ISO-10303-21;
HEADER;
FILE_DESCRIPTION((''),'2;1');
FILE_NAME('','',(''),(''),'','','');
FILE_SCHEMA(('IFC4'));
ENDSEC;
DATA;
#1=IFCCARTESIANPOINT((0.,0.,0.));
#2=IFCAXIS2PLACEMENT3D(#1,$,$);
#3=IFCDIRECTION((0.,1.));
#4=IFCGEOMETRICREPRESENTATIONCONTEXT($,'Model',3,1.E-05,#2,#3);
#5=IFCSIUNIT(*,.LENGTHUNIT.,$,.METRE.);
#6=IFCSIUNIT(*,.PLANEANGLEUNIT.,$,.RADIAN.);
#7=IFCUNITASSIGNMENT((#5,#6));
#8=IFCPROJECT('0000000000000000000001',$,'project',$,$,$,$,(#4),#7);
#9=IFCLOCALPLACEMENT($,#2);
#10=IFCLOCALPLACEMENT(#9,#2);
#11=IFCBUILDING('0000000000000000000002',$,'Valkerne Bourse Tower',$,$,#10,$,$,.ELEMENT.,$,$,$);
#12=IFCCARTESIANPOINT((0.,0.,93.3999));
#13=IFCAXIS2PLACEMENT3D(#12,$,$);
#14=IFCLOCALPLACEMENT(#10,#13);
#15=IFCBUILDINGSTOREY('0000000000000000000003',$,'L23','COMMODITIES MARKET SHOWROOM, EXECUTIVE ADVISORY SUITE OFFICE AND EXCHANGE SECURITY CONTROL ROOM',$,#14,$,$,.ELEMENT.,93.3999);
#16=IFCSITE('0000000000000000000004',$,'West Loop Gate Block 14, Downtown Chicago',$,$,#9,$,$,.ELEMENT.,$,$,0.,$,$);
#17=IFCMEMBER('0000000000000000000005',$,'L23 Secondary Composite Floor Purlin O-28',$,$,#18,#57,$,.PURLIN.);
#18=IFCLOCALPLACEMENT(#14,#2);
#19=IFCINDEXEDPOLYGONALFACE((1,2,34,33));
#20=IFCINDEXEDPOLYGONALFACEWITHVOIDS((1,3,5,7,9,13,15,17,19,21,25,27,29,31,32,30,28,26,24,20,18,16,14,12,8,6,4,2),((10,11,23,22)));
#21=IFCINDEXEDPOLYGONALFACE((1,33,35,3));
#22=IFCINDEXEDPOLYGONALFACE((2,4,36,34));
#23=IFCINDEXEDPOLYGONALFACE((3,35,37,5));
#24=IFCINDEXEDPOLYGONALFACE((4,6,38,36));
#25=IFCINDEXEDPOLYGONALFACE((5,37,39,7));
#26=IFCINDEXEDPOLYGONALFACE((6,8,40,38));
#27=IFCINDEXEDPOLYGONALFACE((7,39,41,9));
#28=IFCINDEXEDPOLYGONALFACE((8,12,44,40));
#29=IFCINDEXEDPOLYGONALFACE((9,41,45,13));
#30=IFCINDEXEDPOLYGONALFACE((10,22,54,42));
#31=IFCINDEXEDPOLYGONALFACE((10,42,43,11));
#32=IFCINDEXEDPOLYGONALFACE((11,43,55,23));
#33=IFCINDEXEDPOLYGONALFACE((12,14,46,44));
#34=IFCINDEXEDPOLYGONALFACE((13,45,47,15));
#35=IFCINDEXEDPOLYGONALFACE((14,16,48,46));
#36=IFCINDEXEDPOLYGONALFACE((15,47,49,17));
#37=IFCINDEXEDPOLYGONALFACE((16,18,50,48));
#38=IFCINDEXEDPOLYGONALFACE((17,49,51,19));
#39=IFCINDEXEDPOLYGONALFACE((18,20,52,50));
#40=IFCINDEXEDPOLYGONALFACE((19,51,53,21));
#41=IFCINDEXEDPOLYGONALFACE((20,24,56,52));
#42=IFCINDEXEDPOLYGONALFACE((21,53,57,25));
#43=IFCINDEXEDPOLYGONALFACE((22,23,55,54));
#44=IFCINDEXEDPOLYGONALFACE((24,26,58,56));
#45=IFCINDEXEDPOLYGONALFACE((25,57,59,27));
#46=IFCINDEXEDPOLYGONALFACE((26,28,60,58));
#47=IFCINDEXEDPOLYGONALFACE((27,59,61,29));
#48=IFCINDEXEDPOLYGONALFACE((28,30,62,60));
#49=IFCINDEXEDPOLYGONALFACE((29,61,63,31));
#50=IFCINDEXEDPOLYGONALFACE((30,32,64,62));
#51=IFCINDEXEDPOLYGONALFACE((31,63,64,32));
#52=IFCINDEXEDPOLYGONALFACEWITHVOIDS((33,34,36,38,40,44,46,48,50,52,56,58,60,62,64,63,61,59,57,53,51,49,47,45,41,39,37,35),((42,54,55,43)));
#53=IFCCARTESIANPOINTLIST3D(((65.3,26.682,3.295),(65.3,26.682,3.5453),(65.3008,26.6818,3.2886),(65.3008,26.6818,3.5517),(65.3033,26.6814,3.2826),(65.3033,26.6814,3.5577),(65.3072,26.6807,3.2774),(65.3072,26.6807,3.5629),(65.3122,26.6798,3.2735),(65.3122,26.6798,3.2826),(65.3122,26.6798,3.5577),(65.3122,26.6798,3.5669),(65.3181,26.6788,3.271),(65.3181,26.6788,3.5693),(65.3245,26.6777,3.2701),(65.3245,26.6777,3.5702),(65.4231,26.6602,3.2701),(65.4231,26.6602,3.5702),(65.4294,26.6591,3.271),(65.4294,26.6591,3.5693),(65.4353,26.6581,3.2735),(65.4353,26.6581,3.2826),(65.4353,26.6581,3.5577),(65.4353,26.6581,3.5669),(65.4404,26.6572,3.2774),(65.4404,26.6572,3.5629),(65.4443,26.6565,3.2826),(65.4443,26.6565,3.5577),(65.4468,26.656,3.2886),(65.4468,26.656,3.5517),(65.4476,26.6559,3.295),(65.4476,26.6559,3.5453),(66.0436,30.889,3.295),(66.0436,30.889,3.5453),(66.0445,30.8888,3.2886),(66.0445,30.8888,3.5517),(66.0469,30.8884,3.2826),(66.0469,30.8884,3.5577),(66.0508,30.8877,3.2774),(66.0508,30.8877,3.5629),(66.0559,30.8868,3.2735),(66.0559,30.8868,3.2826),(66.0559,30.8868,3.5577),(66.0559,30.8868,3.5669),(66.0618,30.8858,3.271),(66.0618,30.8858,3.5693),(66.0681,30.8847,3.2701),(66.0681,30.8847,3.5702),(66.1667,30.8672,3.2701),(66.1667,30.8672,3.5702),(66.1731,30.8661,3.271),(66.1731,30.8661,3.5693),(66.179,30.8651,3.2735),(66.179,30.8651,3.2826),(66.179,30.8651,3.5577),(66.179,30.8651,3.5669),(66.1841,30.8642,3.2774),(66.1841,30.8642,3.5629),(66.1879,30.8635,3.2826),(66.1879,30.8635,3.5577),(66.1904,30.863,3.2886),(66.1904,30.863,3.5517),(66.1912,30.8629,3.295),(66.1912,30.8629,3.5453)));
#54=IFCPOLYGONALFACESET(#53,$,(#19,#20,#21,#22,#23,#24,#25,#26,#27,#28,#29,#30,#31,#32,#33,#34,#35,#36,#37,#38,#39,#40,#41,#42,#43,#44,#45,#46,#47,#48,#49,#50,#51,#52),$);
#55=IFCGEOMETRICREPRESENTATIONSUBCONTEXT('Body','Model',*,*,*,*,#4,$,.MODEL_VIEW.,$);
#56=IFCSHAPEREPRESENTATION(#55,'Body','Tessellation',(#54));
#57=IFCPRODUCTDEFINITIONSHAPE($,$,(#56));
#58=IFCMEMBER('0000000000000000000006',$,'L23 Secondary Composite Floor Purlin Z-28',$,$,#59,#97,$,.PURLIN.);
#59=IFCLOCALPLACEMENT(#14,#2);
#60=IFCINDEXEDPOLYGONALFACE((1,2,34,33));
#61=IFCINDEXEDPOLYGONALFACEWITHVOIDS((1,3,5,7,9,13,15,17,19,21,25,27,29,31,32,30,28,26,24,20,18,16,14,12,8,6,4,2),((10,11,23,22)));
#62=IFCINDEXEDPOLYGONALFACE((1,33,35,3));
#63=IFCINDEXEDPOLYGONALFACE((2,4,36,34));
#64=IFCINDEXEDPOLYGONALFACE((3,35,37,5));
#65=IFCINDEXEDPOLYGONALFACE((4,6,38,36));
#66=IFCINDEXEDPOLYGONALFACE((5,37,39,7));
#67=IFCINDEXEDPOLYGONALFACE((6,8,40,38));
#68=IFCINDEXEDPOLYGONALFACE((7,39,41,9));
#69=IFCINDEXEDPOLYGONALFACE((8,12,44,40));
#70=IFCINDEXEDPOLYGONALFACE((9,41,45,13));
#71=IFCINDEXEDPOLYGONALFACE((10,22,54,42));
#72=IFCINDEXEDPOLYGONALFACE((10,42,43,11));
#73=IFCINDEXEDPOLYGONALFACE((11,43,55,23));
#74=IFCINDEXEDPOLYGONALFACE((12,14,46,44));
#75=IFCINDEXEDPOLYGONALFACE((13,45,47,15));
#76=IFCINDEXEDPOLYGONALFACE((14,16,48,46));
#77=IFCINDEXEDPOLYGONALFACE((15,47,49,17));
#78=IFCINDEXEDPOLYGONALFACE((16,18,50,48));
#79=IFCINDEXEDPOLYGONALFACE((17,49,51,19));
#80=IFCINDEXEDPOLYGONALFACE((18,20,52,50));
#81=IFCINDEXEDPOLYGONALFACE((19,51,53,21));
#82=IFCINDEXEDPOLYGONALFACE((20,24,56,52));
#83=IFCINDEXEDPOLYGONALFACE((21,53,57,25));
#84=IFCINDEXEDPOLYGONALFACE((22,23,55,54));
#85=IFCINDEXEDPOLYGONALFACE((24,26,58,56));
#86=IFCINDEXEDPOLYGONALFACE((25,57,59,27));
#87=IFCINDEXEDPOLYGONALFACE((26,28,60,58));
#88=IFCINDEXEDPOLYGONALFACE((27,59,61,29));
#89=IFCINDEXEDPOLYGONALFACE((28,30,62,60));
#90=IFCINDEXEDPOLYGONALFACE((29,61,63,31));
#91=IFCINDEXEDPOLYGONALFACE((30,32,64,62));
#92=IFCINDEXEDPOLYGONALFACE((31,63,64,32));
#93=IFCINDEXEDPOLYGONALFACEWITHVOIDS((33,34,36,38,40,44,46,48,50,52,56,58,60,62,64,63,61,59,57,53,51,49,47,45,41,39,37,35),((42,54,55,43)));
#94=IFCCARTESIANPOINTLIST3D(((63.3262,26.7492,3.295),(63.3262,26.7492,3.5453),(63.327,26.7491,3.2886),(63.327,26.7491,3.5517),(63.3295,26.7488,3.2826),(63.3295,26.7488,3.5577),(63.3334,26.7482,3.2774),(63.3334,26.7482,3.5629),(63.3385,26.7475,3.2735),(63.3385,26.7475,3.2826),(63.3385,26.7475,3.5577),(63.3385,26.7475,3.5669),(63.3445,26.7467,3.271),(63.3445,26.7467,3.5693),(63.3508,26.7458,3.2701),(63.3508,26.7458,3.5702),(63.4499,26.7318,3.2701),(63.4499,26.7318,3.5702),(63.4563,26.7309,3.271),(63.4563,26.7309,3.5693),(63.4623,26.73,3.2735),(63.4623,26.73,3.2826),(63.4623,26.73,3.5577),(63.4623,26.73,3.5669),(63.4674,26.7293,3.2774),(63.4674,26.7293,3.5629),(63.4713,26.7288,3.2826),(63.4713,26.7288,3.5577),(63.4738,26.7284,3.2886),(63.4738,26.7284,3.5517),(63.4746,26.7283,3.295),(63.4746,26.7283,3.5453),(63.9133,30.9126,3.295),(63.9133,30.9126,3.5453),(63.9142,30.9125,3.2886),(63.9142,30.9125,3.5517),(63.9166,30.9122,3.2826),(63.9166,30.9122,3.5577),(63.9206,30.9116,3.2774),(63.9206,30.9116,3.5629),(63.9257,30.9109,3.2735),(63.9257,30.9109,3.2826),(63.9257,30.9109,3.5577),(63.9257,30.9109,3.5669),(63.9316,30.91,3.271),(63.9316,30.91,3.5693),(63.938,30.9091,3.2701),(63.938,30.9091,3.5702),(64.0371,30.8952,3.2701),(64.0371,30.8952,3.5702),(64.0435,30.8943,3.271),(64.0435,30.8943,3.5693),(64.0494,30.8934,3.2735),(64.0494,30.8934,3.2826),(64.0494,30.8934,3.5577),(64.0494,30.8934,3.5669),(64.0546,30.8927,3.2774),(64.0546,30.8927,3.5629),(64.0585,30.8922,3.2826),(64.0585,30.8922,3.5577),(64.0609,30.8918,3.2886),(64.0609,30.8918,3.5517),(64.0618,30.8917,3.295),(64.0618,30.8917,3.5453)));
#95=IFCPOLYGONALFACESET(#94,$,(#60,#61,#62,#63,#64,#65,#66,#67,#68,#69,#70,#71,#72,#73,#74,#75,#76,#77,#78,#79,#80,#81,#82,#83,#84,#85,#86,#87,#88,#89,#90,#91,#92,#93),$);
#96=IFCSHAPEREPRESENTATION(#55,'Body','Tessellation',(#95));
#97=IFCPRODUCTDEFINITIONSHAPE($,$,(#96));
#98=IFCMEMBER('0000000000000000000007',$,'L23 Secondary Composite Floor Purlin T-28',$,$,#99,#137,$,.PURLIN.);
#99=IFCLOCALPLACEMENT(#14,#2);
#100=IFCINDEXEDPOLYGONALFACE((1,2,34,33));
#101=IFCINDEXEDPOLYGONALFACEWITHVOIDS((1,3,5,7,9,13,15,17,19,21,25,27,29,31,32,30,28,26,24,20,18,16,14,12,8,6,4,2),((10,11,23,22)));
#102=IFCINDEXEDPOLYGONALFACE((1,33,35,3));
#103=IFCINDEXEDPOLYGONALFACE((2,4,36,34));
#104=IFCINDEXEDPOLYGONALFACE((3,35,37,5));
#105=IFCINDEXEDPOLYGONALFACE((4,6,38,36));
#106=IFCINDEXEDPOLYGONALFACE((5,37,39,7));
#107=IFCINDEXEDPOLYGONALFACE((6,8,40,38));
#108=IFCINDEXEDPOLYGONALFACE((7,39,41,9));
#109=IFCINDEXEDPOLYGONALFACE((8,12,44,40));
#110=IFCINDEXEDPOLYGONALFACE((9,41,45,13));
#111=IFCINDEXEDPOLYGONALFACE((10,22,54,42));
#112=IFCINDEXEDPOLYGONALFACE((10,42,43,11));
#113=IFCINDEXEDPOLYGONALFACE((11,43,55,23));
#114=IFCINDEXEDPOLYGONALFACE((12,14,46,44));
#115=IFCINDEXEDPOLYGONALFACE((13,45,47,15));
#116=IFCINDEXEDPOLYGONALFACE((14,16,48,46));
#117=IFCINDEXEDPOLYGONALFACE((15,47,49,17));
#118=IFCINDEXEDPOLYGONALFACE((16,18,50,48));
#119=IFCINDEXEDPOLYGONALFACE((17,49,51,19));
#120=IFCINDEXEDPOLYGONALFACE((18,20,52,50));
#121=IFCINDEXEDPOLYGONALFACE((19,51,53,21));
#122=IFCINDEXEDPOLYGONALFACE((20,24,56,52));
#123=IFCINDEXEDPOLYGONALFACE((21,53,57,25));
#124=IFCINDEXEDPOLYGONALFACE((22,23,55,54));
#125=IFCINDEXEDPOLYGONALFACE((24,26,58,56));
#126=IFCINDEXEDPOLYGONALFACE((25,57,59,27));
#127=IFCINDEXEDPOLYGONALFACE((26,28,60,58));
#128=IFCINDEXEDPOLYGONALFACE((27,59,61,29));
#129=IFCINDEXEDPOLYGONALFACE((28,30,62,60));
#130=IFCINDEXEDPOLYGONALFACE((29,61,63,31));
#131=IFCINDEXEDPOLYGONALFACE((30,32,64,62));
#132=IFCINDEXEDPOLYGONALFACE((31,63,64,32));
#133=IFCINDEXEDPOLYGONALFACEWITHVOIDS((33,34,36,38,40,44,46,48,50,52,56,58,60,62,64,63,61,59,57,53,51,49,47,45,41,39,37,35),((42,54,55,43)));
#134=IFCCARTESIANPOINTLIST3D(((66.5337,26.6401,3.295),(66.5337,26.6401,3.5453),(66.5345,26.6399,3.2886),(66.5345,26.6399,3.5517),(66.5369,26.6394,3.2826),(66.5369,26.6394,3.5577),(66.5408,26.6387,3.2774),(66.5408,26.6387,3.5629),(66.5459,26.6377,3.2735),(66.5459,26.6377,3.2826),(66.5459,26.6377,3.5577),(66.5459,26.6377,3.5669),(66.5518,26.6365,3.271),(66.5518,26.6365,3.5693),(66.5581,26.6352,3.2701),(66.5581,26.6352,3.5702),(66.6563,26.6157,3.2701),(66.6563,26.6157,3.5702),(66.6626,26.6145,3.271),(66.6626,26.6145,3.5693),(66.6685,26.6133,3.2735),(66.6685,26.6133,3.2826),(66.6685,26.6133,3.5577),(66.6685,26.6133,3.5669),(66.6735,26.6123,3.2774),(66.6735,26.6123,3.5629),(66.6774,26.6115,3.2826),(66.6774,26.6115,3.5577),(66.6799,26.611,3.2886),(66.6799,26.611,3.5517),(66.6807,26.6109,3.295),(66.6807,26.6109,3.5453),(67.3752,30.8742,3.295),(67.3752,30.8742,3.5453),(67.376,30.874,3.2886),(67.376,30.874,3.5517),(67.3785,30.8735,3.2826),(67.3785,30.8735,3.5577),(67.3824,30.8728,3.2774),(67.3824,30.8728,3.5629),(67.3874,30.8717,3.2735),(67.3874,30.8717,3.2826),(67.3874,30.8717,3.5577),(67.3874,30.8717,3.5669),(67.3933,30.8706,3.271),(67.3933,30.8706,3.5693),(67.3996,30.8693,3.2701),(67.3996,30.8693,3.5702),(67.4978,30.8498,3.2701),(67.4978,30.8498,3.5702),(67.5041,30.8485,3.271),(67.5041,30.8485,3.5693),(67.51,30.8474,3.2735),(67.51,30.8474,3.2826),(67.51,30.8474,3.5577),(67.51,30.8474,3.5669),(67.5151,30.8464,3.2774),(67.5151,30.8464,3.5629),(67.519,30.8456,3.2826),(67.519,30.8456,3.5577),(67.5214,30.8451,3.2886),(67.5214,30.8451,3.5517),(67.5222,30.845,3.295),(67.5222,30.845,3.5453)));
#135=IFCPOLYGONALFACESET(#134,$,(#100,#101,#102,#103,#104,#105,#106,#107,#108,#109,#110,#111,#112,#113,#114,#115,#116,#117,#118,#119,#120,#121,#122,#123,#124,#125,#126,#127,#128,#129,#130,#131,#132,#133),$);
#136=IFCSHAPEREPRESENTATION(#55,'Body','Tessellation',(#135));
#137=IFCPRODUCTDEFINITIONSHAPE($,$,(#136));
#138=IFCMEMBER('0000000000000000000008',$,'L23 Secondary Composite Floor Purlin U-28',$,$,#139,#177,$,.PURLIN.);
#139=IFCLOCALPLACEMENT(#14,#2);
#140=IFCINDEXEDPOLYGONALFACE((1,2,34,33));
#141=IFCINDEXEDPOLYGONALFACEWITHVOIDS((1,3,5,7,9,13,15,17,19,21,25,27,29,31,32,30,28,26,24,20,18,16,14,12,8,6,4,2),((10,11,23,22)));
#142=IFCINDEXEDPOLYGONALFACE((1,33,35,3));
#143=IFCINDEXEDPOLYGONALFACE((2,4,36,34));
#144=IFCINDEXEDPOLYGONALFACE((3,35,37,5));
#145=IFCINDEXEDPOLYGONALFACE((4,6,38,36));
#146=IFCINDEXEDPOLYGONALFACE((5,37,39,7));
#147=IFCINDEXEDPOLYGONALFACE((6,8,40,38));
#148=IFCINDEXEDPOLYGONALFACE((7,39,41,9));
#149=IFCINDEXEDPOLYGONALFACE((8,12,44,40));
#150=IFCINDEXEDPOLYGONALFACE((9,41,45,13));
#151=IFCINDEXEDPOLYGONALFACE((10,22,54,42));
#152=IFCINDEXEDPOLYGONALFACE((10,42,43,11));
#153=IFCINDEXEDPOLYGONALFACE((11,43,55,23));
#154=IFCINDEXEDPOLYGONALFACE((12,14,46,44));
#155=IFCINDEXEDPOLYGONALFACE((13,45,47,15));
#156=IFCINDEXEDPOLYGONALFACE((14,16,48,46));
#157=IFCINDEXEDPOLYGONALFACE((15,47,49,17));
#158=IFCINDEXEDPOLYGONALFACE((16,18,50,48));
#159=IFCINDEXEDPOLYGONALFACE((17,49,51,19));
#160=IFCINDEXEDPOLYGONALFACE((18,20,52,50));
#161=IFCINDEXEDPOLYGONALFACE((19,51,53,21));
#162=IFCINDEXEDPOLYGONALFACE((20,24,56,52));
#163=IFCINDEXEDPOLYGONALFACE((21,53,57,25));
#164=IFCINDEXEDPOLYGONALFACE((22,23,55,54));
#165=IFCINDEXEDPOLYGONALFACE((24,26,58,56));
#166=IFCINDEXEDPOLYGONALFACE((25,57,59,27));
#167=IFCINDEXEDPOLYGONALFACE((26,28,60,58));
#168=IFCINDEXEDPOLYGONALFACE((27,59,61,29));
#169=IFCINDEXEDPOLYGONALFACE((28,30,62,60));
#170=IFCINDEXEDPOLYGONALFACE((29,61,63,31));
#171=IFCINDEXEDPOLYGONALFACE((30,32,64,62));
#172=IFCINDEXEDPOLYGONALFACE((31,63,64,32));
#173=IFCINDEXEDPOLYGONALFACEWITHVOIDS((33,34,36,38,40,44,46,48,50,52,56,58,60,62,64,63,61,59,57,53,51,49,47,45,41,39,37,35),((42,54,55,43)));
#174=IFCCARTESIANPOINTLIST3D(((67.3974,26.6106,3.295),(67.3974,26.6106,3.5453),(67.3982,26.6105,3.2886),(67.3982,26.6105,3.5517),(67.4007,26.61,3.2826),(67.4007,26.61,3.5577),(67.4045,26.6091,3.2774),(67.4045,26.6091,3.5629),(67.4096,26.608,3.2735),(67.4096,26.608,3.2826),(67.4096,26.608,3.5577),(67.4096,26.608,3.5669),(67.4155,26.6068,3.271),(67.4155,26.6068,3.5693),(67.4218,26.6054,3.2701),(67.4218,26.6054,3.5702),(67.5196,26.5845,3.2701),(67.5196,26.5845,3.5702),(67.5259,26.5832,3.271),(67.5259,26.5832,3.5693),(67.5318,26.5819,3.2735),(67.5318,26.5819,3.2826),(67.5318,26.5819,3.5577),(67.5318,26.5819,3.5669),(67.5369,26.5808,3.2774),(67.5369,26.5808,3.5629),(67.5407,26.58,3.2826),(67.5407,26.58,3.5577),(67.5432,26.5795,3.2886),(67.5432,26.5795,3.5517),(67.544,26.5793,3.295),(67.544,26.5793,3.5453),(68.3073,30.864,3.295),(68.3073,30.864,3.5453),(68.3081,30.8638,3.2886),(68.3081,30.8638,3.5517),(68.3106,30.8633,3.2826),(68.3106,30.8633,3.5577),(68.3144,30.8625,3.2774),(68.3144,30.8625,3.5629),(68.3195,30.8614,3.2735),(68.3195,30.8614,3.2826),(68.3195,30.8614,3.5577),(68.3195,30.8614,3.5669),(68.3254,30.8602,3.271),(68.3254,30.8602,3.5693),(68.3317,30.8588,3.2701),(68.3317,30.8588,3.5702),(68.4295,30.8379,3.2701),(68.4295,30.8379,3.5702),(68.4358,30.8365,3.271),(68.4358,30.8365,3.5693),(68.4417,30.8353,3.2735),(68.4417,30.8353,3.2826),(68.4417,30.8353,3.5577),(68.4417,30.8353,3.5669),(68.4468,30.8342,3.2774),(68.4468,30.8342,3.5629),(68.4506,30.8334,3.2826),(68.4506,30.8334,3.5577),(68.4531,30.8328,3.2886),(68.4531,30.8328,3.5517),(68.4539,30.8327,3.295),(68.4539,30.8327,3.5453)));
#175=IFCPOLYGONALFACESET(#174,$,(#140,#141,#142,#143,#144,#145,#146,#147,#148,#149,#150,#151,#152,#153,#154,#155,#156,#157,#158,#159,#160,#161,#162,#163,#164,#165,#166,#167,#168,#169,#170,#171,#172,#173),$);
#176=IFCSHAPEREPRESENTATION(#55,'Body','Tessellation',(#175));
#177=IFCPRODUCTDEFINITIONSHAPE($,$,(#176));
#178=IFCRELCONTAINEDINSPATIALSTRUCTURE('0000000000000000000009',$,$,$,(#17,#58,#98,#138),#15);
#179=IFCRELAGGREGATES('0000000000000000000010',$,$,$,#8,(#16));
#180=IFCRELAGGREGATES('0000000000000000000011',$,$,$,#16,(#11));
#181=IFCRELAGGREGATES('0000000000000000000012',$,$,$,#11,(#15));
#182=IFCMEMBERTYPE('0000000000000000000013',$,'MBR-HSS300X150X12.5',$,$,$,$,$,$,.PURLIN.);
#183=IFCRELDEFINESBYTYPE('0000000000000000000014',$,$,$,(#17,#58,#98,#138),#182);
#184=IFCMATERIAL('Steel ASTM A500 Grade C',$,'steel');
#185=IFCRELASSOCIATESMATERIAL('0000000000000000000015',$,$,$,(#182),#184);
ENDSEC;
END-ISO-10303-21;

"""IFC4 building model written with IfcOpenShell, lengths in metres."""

from ifc_helpers import new_model, si_unit, direction, frame, origin, origin_2d, place, context, subcontext, project, spatial, hollow_rectangle, extrude, material, material_profile, profile_set, type_object, element, save


model = new_model("IFC4")

# Units and contexts
model_context = context("Model", 3, precision=1e-05, world=origin(), true_north=direction((0.0, 1.0)))
body_context = subcontext(model_context, "Body", "Model", "MODEL_VIEW")
ifc_project = project(units=[si_unit("LENGTHUNIT", "METRE"), si_unit("PLANEANGLEUNIT", "RADIAN")], contexts=[model_context])

# Site, building, storey
site_placement = place(None, origin())
site = spatial("IfcSite", under=ifc_project, at=site_placement, Name="West Loop Gate Block 14, Downtown Chicago", CompositionType="ELEMENT", RefElevation=0.0)
building_placement = place(site_placement, origin())
building = spatial("IfcBuilding", under=site, at=building_placement, Name="Valkerne Bourse Tower", CompositionType="ELEMENT")
storey_placement = place(building_placement, frame((0.0, 0.0, 93.3999)))
storey = spatial("IfcBuildingStorey", under=building, at=storey_placement, Name="L23", Description="COMMODITIES MARKET SHOWROOM, EXECUTIVE ADVISORY SUITE OFFICE AND EXCHANGE SECURITY CONTROL ROOM", CompositionType="ELEMENT", Elevation=93.3999)

# Members
ifc_material_1 = material(Name="Steel ASTM A500 Grade C", Category="steel")
ifc_material_profile_1 = material_profile(ifc_material_1, hollow_rectangle(XDim=0.1499, YDim=0.3, WallThickness=0.0125, OuterFilletRadius=0.0249, at=origin_2d()), Name="HSS300X150X12.5")
ifc_profile_set_1 = profile_set([ifc_material_profile_1], Name="Steel ASTM A500 Grade C")
member_type_1 = type_object("IfcMemberType", Name="MBR-HSS300X150X12.5", PredefinedType="PURLIN", material=ifc_profile_set_1)
member_1_placement = place(storey_placement, frame((65.3738, 26.6689, 3.4202), z_axis=(0.174066, 0.984734, 0.0), x_axis=(-0.984734, 0.174066, 0.0)))
element("IfcMember", 1, at=member_1_placement, inside=storey, type_object=member_type_1, Name="L23 Secondary Composite Floor Purlin O-28", PredefinedType="PURLIN", context=body_context, shape_type="SweptSolid", body=[
    extrude(hollow_rectangle(XDim=0.1499, YDim=0.3, WallThickness=0.0125, OuterFilletRadius=0.0249, at=origin_2d()), origin(), (0.0, 0.0, 1.0), 4.2722),
])
member_2_placement = place(storey_placement, frame((63.4004, 26.7388, 3.4202), z_axis=(0.139649, 0.990201, 0.0), x_axis=(-0.990201, 0.139649, 0.0)))
element("IfcMember", 2, at=member_2_placement, inside=storey, type_object=member_type_1, Name="L23 Secondary Composite Floor Purlin Z-28", PredefinedType="PURLIN", context=body_context, shape_type="SweptSolid", body=[
    extrude(hollow_rectangle(XDim=0.1499, YDim=0.3, WallThickness=0.0125, OuterFilletRadius=0.0249, at=origin_2d()), origin(), (0.0, 0.0, 1.0), 4.2046),
])
member_3_placement = place(storey_placement, frame((66.6072, 26.6255, 3.4202), z_axis=(0.194941, 0.980815, 0.0), x_axis=(-0.980815, 0.194941, 0.0)))
element("IfcMember", 3, at=member_3_placement, inside=storey, type_object=member_type_1, Name="L23 Secondary Composite Floor Purlin T-28", PredefinedType="PURLIN", context=body_context, shape_type="SweptSolid", body=[
    extrude(hollow_rectangle(XDim=0.1499, YDim=0.3, WallThickness=0.0125, OuterFilletRadius=0.0249, at=origin_2d()), origin(), (0.0, 0.0, 1.0), 4.3169),
])
member_4_placement = place(storey_placement, frame((67.4707, 26.595, 3.4202), z_axis=(0.209192, 0.977875, 0.0), x_axis=(-0.977875, 0.209192, 0.0)))
element("IfcMember", 4, at=member_4_placement, inside=storey, type_object=member_type_1, Name="L23 Secondary Composite Floor Purlin U-28", PredefinedType="PURLIN", context=body_context, shape_type="SweptSolid", body=[
    extrude(hollow_rectangle(XDim=0.1499, YDim=0.3, WallThickness=0.0125, OuterFilletRadius=0.0249, at=origin_2d()), origin(), (0.0, 0.0, 1.0), 4.3496),
])

save(model, "model.ifc")
